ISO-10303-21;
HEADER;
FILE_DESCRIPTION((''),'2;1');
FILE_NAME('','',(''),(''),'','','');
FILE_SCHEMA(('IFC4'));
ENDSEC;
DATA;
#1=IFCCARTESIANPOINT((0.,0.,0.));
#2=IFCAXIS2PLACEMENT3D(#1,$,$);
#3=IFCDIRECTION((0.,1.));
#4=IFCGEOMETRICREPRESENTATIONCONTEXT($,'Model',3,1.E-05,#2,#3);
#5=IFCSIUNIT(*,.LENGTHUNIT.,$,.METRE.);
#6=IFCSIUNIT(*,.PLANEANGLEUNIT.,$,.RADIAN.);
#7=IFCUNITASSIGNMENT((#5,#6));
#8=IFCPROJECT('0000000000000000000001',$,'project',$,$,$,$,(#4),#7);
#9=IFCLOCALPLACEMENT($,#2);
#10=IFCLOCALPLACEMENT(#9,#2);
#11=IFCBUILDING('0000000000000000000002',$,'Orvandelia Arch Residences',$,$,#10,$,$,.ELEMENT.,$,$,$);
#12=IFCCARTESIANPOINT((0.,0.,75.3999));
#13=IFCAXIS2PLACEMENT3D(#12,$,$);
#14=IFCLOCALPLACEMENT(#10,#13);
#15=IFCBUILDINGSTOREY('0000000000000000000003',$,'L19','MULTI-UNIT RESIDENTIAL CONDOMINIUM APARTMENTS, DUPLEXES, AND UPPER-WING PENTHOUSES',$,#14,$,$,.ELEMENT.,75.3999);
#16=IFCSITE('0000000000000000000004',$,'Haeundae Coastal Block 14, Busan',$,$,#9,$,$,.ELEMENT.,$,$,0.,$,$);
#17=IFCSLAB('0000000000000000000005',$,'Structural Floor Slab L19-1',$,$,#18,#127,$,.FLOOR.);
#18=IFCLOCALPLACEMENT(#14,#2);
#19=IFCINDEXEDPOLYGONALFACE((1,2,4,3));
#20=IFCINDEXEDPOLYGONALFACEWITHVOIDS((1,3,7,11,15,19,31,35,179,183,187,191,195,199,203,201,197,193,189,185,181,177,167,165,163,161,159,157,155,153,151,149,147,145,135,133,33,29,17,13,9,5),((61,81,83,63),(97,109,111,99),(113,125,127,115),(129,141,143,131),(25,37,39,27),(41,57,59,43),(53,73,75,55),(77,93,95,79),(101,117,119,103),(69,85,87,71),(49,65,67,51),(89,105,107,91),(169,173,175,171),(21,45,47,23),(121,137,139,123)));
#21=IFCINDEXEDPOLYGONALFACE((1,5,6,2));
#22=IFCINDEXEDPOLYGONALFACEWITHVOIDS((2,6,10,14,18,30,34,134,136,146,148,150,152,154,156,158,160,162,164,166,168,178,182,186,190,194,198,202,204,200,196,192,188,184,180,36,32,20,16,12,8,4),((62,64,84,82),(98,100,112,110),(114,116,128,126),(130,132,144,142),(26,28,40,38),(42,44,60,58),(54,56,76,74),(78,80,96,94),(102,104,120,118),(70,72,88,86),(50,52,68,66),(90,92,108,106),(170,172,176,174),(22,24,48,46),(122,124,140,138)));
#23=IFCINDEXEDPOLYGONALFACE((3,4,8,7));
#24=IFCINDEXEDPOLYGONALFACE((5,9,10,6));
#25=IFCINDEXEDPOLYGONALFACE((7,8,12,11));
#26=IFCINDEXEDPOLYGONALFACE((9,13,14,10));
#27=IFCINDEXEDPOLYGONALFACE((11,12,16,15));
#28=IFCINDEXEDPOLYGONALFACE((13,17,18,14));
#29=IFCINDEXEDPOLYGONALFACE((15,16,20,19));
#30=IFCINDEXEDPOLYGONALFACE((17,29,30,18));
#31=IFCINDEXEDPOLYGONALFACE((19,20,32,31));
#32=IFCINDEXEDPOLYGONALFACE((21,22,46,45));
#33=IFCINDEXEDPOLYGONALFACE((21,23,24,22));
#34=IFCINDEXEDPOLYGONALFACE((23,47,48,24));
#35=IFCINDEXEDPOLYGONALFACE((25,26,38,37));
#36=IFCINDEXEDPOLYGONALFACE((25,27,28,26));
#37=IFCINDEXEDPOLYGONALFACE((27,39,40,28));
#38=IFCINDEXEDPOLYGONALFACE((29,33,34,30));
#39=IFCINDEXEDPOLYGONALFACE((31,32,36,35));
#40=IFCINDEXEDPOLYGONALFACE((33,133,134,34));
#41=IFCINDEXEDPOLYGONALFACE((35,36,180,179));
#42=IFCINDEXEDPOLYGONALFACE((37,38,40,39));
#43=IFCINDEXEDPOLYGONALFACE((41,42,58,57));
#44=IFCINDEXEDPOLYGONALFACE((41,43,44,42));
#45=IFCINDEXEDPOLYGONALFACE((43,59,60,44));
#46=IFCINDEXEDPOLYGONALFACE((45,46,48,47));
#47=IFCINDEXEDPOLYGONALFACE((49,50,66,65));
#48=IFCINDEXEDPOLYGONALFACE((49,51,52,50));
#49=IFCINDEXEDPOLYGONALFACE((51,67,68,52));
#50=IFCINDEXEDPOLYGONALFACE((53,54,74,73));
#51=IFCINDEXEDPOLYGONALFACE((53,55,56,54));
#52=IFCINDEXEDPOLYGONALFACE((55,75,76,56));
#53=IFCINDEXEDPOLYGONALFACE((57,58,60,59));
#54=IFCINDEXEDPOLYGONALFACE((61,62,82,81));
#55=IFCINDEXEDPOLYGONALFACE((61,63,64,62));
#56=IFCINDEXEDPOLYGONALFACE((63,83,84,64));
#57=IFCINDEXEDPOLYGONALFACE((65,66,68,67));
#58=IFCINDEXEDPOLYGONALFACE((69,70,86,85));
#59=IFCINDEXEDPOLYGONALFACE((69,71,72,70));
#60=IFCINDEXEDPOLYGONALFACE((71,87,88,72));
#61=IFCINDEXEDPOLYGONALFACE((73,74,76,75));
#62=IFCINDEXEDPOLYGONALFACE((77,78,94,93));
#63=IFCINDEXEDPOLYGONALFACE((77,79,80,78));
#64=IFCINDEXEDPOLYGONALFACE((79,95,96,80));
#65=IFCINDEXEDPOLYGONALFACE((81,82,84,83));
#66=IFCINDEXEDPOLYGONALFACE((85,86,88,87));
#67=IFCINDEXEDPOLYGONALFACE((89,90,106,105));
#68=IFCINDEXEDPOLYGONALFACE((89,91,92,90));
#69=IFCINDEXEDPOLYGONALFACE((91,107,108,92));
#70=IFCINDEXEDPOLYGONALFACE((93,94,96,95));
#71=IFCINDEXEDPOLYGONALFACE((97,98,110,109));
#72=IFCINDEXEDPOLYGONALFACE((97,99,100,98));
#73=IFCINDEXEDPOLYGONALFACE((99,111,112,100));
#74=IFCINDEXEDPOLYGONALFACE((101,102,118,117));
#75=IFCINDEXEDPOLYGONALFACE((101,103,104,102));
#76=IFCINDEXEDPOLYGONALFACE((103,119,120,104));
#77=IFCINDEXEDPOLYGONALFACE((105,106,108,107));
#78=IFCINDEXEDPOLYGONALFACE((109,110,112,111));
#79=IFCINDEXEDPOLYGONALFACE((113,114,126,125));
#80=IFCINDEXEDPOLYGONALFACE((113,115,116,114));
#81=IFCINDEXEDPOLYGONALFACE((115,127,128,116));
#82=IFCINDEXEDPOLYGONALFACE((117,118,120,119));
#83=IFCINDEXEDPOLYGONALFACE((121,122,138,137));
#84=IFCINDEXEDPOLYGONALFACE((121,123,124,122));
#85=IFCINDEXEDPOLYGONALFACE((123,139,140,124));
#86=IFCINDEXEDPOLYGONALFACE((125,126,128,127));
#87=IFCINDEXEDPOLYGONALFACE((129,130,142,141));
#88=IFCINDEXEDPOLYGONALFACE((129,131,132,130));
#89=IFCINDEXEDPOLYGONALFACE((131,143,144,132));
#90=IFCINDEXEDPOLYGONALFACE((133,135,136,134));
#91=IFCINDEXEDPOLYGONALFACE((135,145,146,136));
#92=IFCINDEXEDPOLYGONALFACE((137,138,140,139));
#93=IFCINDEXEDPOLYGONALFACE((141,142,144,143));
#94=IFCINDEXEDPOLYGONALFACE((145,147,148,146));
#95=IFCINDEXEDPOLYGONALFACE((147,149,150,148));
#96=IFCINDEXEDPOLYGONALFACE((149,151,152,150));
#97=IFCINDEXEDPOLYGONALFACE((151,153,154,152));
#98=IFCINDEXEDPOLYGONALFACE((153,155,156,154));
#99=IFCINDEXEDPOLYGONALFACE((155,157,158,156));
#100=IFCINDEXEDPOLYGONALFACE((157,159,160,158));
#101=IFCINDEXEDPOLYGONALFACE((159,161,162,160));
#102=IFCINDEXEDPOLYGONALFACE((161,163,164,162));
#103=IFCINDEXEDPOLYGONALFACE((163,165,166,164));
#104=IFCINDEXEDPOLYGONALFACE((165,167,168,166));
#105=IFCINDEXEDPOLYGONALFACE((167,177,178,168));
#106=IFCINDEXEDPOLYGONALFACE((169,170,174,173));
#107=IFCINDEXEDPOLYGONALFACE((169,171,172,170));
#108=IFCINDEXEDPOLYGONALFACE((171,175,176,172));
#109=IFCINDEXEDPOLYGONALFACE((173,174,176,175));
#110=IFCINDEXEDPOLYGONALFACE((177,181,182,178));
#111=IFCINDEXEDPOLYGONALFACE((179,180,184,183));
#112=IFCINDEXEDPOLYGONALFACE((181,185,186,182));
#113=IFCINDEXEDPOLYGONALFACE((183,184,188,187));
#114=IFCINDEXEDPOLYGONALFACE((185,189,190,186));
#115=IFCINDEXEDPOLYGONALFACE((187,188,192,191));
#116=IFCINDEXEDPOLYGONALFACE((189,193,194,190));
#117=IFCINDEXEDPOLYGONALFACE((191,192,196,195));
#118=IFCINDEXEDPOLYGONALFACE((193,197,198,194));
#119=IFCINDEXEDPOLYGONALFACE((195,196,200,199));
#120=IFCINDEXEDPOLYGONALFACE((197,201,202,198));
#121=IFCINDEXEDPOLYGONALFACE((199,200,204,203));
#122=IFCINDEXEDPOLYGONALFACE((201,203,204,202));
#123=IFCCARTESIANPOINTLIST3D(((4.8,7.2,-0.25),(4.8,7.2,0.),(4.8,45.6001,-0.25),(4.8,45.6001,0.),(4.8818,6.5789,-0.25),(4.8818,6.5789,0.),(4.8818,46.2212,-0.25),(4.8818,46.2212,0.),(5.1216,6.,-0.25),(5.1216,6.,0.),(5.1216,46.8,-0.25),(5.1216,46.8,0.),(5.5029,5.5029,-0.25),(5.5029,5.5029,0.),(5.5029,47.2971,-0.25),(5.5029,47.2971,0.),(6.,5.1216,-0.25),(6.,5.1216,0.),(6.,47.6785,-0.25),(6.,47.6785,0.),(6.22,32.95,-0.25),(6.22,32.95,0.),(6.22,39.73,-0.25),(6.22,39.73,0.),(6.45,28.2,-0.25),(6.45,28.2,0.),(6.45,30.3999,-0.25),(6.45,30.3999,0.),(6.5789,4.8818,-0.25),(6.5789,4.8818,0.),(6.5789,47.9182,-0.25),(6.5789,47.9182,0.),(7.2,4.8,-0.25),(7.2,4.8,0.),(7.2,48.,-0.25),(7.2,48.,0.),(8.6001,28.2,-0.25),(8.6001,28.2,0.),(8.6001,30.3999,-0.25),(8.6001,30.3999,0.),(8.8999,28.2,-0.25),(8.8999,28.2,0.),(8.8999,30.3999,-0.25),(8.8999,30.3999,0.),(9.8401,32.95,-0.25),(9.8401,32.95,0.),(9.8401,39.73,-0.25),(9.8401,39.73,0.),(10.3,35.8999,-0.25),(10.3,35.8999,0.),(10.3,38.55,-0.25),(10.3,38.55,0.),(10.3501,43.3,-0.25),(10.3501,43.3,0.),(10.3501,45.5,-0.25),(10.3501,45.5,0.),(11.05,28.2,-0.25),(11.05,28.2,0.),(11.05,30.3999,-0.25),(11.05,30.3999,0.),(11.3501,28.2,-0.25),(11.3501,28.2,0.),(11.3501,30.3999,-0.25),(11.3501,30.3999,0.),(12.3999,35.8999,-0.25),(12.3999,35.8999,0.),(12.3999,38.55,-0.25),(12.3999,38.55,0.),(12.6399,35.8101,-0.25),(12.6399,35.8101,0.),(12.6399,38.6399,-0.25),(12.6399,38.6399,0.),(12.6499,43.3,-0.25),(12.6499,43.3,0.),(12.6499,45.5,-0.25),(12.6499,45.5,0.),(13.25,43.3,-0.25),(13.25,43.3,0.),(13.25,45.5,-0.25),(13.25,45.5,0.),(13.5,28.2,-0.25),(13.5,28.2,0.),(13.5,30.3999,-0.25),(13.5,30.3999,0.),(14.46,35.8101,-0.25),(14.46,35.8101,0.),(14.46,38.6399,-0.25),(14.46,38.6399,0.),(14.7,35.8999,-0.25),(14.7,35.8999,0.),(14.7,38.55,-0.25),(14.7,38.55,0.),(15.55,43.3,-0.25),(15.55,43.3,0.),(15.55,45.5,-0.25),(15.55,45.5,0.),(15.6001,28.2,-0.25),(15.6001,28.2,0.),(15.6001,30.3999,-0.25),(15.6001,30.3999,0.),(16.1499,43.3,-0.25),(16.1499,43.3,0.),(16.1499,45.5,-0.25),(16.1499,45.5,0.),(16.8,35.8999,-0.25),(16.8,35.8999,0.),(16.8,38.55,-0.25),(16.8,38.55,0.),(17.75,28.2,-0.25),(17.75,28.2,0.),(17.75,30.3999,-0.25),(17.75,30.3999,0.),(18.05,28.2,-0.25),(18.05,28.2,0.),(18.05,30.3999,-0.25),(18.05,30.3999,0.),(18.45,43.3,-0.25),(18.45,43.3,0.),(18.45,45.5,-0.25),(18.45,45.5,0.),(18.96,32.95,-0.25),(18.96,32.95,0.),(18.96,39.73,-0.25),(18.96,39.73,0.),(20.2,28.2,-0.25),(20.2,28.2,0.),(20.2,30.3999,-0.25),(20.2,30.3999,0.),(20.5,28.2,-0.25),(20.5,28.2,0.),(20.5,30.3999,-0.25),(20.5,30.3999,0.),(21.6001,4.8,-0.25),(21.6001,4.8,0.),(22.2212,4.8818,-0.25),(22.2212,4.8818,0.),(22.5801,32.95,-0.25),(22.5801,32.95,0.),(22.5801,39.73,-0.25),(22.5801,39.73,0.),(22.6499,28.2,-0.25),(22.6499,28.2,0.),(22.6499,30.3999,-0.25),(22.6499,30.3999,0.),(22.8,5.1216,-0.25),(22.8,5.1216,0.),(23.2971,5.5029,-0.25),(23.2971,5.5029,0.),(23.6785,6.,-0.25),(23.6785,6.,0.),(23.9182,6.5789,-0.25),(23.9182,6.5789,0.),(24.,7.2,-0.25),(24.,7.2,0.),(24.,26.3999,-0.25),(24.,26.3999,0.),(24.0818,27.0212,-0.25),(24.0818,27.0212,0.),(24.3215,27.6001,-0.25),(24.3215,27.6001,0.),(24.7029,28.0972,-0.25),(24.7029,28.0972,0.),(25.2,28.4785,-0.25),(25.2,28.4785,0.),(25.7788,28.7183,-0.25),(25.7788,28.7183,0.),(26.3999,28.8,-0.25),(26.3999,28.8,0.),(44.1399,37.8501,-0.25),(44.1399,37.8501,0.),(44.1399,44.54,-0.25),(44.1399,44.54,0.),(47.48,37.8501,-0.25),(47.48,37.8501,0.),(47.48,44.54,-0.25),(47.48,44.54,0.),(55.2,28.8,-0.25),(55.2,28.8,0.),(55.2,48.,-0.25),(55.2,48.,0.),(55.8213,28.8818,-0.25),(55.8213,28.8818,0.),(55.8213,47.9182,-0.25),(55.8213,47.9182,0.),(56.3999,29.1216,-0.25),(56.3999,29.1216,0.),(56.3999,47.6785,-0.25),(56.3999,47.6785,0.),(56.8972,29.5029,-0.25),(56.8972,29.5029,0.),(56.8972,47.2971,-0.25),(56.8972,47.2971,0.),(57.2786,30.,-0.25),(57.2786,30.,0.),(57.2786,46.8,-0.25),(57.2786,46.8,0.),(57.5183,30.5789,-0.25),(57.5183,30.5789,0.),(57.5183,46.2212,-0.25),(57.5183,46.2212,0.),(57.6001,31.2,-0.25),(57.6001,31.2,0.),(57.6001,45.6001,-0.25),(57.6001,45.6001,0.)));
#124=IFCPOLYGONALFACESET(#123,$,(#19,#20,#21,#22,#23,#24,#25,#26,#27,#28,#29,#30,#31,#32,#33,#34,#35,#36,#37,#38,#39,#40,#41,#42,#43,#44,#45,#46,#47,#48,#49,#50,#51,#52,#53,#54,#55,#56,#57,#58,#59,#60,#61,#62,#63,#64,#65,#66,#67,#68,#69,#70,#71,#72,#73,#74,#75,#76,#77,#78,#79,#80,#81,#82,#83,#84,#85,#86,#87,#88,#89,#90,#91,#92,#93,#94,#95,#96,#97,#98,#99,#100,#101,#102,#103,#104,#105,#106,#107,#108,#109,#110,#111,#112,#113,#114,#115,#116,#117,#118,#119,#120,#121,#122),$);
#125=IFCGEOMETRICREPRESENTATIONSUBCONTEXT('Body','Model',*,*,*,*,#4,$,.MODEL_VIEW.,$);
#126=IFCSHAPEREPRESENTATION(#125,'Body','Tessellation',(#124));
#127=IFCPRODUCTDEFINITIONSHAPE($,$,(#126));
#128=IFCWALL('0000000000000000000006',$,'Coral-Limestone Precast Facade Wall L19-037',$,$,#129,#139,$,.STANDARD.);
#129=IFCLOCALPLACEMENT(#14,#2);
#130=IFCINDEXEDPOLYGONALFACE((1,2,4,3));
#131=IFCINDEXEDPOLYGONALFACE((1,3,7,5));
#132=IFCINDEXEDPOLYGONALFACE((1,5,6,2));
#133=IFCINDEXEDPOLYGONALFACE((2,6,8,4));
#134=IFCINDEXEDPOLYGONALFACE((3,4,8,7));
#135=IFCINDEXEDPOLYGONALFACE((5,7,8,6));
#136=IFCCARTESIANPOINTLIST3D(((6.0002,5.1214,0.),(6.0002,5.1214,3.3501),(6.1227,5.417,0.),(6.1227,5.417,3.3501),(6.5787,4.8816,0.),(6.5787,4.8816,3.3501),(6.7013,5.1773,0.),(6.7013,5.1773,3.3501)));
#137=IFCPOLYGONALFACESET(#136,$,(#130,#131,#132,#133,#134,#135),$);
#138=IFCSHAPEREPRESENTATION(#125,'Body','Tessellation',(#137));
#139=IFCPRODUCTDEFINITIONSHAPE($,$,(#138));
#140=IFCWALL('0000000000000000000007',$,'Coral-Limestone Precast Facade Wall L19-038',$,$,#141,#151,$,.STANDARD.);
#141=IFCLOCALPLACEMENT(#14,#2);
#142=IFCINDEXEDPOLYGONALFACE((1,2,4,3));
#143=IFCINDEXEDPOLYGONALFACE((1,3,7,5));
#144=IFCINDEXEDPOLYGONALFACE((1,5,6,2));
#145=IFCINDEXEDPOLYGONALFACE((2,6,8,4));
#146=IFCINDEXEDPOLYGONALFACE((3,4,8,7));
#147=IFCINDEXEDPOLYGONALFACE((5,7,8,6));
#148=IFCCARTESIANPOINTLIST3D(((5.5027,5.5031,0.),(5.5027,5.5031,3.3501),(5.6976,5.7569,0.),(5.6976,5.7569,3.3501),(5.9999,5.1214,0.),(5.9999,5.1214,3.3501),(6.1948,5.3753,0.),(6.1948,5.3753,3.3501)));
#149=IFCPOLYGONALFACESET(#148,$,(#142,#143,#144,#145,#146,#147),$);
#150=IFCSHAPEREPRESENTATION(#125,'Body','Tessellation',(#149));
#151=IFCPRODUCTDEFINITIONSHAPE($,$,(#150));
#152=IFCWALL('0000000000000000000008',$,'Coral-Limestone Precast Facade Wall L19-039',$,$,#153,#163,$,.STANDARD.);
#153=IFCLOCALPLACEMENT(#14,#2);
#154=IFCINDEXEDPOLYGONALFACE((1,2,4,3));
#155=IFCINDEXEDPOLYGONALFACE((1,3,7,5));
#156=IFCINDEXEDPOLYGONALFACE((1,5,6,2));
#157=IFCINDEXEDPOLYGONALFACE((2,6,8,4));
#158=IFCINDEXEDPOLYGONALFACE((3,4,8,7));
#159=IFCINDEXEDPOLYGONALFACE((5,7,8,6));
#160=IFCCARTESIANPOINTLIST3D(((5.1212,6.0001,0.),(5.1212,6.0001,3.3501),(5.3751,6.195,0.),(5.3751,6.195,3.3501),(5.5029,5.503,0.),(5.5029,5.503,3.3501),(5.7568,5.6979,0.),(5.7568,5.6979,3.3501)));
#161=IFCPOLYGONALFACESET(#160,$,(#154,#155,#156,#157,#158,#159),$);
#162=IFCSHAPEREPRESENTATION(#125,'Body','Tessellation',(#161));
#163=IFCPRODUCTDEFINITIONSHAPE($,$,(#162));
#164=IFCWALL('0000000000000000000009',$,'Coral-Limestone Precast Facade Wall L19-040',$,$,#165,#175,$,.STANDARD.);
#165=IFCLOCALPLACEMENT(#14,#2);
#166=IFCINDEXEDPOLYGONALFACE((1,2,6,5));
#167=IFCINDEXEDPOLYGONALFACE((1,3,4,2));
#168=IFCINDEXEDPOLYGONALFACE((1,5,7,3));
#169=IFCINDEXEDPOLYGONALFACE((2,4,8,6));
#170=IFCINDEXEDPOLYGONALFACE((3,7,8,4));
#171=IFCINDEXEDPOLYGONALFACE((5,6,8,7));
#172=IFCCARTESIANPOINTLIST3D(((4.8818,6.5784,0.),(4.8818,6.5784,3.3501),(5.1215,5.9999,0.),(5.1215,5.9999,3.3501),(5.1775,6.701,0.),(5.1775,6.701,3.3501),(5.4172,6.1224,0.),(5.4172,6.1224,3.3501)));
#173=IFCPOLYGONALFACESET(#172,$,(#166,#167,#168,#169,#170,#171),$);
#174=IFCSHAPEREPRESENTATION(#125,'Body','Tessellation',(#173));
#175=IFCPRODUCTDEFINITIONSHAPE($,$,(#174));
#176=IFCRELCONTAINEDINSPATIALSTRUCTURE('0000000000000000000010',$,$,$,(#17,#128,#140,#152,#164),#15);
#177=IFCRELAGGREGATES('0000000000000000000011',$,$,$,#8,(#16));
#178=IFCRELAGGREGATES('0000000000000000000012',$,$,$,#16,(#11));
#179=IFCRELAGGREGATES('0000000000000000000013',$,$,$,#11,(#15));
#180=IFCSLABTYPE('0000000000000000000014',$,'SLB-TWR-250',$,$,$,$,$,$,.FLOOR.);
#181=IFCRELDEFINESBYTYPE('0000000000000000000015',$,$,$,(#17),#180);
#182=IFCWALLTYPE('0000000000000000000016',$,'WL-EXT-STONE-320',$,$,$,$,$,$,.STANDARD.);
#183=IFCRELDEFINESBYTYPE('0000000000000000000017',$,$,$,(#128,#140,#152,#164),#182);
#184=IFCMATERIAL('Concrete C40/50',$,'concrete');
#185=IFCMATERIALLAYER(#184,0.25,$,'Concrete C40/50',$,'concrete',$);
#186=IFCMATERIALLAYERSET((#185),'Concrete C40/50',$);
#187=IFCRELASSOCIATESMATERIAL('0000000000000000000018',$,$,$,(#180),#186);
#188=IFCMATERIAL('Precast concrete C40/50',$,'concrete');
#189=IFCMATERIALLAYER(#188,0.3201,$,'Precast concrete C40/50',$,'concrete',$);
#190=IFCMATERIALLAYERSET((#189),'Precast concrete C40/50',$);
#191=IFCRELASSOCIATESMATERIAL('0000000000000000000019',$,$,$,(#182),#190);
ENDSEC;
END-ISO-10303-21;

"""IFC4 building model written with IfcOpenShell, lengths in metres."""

from ifc_helpers import new_model, si_unit, direction, frame, frame_2d, origin, place, context, subcontext, project, spatial, polyline, rectangle, outline, extrude, material, layer, layer_set, type_object, element, save


model = new_model("IFC4")

# Units and contexts
model_context = context("Model", 3, precision=1e-05, world=origin(), true_north=direction((0.0, 1.0)))
body_context = subcontext(model_context, "Body", "Model", "MODEL_VIEW")
ifc_project = project(units=[si_unit("LENGTHUNIT", "METRE"), si_unit("PLANEANGLEUNIT", "RADIAN")], contexts=[model_context])

# Site, building, storey
site_placement = place(None, origin())
site = spatial("IfcSite", under=ifc_project, at=site_placement, Name="Haeundae Coastal Block 14, Busan", CompositionType="ELEMENT", RefElevation=0.0)
building_placement = place(site_placement, origin())
building = spatial("IfcBuilding", under=site, at=building_placement, Name="Orvandelia Arch Residences", CompositionType="ELEMENT")
storey_placement = place(building_placement, frame((0.0, 0.0, 75.3999)))
storey = spatial("IfcBuildingStorey", under=building, at=storey_placement, Name="L19", Description="MULTI-UNIT RESIDENTIAL CONDOMINIUM APARTMENTS, DUPLEXES, AND UPPER-WING PENTHOUSES", CompositionType="ELEMENT", Elevation=75.3999)

# Shared definitions
ifc_material_1 = material(Name="Precast concrete C40/50", Category="concrete")

# Shared definitions
ifc_material_2 = material(Name="Concrete C40/50", Category="concrete")

# Slab
ifc_layer_1 = layer(ifc_material_2, 0.25, Name="Concrete C40/50", Category="concrete")
ifc_layer_set_1 = layer_set([ifc_layer_1], Name="Concrete C40/50")
slab_type_1 = type_object("IfcSlabType", Name="SLB-TWR-250", PredefinedType="FLOOR", material=ifc_layer_set_1)
slab_1_placement = place(storey_placement, frame((0.0, 0.0, -0.25)))
element("IfcSlab", 1, at=slab_1_placement, inside=storey, type_object=slab_type_1, Name="Structural Floor Slab L19-1", PredefinedType="FLOOR", context=body_context, shape_type="SweptSolid", body=[
    extrude(outline(polyline([(4.8, 7.2), (4.8818, 6.5789), (5.1216, 6.0), (5.5029, 5.5029), (6.0, 5.1216), (6.5789, 4.8818), (7.2, 4.8), (21.6001, 4.8), (22.2212, 4.8818), (22.8, 5.1216), (23.2971, 5.5029), (23.6785, 6.0), (23.9182, 6.5789), (24.0, 7.2), (24.0, 26.3999), (24.0818, 27.0212), (24.3215, 27.6001), (24.7029, 28.0972), (25.2, 28.4785), (25.7788, 28.7183), (26.3999, 28.8), (55.2, 28.8), (55.8213, 28.8818), (56.3999, 29.1216), (56.8972, 29.5029), (57.2786, 30.0), (57.5183, 30.5789), (57.6001, 31.2), (57.6001, 45.6001), (57.5183, 46.2212), (57.2786, 46.8), (56.8972, 47.2971), (56.3999, 47.6785), (55.8213, 47.9182), (55.2, 48.0), (7.2, 48.0), (6.5789, 47.9182), (6.0, 47.6785), (5.5029, 47.2971), (5.1216, 46.8), (4.8818, 46.2212), (4.8, 45.6001), (4.8, 7.2)]), holes=[polyline([(6.22, 32.95), (9.8401, 32.95), (9.8401, 39.73), (6.22, 39.73), (6.22, 32.95)]), polyline([(18.96, 32.95), (22.5801, 32.95), (22.5801, 39.73), (18.96, 39.73), (18.96, 32.95)]), polyline([(44.1399, 37.8501), (47.48, 37.8501), (47.48, 44.54), (44.1399, 44.54), (44.1399, 37.8501)]), polyline([(12.6399, 35.8101), (14.46, 35.8101), (14.46, 38.6399), (12.6399, 38.6399), (12.6399, 35.8101)]), polyline([(10.3, 35.8999), (12.3999, 35.8999), (12.3999, 38.55), (10.3, 38.55), (10.3, 35.8999)]), polyline([(14.7, 35.8999), (16.8, 35.8999), (16.8, 38.55), (14.7, 38.55), (14.7, 35.8999)]), polyline([(10.3501, 43.3), (12.6499, 43.3), (12.6499, 45.5), (10.3501, 45.5), (10.3501, 43.3)]), polyline([(13.25, 43.3), (15.55, 43.3), (15.55, 45.5), (13.25, 45.5), (13.25, 43.3)]), polyline([(16.1499, 43.3), (18.45, 43.3), (18.45, 45.5), (16.1499, 45.5), (16.1499, 43.3)]), polyline([(6.45, 28.2), (8.6001, 28.2), (8.6001, 30.3999), (6.45, 30.3999), (6.45, 28.2)]), polyline([(8.8999, 28.2), (11.05, 28.2), (11.05, 30.3999), (8.8999, 30.3999), (8.8999, 28.2)]), polyline([(11.3501, 28.2), (13.5, 28.2), (13.5, 30.3999), (11.3501, 30.3999), (11.3501, 28.2)]), polyline([(15.6001, 28.2), (17.75, 28.2), (17.75, 30.3999), (15.6001, 30.3999), (15.6001, 28.2)]), polyline([(18.05, 28.2), (20.2, 28.2), (20.2, 30.3999), (18.05, 30.3999), (18.05, 28.2)]), polyline([(20.5, 28.2), (22.6499, 28.2), (22.6499, 30.3999), (20.5, 30.3999), (20.5, 28.2)])]), origin(), (0.0, 0.0, 1.0), 0.25),
])

# Walls
ifc_layer_2 = layer(ifc_material_1, 0.3201, Name="Precast concrete C40/50", Category="concrete")
ifc_layer_set_2 = layer_set([ifc_layer_2], Name="Precast concrete C40/50")
wall_type = type_object("IfcWallType", Name="WL-EXT-STONE-320", PredefinedType="STANDARD", material=ifc_layer_set_2)
wall_1_placement = place(storey_placement, frame((6.6399, 5.0295, 0.0), z_axis=(0.0, 0.0, 1.0), x_axis=(-0.923836, 0.382788, 0.0)))
element("IfcWall", 2, at=wall_1_placement, inside=storey, type_object=wall_type, Name="Coral-Limestone Precast Facade Wall L19-037", PredefinedType="STANDARD", context=body_context, shape_type="SweptSolid", body=[
    extrude(rectangle(XDim=0.6262, YDim=0.3201, at=frame_2d((0.313, 0.0))), origin(), (0.0, 0.0, 1.0), 3.3501),
])
for number, where, z_axis, x_axis, name in (
    (3, (6.0974, 5.2483, 0.0), (0.0, 0.0, 1.0), (-0.793217, 0.608939, 0.0), "Coral-Limestone Precast Facade Wall L19-038"),
    (4, (5.6299, 5.6003, 0.0), (0.0, 0.0, 1.0), (-0.608939, 0.793217, 0.0), "Coral-Limestone Precast Facade Wall L19-039"),
):
    element("IfcWall", number, at=place(storey_placement, frame(where, z_axis=z_axis, x_axis=x_axis)), inside=storey, type_object=wall_type, Name=name, PredefinedType="STANDARD", context=body_context, shape_type="SweptSolid", body=[
        extrude(rectangle(XDim=0.6267, YDim=0.3201, at=frame_2d((0.3135, 0.0))), origin(), (0.0, 0.0, 1.0), 3.3501),
    ])
wall_2_placement = place(storey_placement, frame((5.2693, 6.0613, 0.0), z_axis=(0.0, 0.0, 1.0), x_axis=(-0.382788, 0.923836, 0.0)))
element("IfcWall", 5, at=wall_2_placement, inside=storey, type_object=wall_type, Name="Coral-Limestone Precast Facade Wall L19-040", PredefinedType="STANDARD", context=body_context, shape_type="SweptSolid", body=[
    extrude(rectangle(XDim=0.6262, YDim=0.3201, at=frame_2d((0.313, 0.0))), origin(), (0.0, 0.0, 1.0), 3.3501),
])

save(model, "model.ifc")
